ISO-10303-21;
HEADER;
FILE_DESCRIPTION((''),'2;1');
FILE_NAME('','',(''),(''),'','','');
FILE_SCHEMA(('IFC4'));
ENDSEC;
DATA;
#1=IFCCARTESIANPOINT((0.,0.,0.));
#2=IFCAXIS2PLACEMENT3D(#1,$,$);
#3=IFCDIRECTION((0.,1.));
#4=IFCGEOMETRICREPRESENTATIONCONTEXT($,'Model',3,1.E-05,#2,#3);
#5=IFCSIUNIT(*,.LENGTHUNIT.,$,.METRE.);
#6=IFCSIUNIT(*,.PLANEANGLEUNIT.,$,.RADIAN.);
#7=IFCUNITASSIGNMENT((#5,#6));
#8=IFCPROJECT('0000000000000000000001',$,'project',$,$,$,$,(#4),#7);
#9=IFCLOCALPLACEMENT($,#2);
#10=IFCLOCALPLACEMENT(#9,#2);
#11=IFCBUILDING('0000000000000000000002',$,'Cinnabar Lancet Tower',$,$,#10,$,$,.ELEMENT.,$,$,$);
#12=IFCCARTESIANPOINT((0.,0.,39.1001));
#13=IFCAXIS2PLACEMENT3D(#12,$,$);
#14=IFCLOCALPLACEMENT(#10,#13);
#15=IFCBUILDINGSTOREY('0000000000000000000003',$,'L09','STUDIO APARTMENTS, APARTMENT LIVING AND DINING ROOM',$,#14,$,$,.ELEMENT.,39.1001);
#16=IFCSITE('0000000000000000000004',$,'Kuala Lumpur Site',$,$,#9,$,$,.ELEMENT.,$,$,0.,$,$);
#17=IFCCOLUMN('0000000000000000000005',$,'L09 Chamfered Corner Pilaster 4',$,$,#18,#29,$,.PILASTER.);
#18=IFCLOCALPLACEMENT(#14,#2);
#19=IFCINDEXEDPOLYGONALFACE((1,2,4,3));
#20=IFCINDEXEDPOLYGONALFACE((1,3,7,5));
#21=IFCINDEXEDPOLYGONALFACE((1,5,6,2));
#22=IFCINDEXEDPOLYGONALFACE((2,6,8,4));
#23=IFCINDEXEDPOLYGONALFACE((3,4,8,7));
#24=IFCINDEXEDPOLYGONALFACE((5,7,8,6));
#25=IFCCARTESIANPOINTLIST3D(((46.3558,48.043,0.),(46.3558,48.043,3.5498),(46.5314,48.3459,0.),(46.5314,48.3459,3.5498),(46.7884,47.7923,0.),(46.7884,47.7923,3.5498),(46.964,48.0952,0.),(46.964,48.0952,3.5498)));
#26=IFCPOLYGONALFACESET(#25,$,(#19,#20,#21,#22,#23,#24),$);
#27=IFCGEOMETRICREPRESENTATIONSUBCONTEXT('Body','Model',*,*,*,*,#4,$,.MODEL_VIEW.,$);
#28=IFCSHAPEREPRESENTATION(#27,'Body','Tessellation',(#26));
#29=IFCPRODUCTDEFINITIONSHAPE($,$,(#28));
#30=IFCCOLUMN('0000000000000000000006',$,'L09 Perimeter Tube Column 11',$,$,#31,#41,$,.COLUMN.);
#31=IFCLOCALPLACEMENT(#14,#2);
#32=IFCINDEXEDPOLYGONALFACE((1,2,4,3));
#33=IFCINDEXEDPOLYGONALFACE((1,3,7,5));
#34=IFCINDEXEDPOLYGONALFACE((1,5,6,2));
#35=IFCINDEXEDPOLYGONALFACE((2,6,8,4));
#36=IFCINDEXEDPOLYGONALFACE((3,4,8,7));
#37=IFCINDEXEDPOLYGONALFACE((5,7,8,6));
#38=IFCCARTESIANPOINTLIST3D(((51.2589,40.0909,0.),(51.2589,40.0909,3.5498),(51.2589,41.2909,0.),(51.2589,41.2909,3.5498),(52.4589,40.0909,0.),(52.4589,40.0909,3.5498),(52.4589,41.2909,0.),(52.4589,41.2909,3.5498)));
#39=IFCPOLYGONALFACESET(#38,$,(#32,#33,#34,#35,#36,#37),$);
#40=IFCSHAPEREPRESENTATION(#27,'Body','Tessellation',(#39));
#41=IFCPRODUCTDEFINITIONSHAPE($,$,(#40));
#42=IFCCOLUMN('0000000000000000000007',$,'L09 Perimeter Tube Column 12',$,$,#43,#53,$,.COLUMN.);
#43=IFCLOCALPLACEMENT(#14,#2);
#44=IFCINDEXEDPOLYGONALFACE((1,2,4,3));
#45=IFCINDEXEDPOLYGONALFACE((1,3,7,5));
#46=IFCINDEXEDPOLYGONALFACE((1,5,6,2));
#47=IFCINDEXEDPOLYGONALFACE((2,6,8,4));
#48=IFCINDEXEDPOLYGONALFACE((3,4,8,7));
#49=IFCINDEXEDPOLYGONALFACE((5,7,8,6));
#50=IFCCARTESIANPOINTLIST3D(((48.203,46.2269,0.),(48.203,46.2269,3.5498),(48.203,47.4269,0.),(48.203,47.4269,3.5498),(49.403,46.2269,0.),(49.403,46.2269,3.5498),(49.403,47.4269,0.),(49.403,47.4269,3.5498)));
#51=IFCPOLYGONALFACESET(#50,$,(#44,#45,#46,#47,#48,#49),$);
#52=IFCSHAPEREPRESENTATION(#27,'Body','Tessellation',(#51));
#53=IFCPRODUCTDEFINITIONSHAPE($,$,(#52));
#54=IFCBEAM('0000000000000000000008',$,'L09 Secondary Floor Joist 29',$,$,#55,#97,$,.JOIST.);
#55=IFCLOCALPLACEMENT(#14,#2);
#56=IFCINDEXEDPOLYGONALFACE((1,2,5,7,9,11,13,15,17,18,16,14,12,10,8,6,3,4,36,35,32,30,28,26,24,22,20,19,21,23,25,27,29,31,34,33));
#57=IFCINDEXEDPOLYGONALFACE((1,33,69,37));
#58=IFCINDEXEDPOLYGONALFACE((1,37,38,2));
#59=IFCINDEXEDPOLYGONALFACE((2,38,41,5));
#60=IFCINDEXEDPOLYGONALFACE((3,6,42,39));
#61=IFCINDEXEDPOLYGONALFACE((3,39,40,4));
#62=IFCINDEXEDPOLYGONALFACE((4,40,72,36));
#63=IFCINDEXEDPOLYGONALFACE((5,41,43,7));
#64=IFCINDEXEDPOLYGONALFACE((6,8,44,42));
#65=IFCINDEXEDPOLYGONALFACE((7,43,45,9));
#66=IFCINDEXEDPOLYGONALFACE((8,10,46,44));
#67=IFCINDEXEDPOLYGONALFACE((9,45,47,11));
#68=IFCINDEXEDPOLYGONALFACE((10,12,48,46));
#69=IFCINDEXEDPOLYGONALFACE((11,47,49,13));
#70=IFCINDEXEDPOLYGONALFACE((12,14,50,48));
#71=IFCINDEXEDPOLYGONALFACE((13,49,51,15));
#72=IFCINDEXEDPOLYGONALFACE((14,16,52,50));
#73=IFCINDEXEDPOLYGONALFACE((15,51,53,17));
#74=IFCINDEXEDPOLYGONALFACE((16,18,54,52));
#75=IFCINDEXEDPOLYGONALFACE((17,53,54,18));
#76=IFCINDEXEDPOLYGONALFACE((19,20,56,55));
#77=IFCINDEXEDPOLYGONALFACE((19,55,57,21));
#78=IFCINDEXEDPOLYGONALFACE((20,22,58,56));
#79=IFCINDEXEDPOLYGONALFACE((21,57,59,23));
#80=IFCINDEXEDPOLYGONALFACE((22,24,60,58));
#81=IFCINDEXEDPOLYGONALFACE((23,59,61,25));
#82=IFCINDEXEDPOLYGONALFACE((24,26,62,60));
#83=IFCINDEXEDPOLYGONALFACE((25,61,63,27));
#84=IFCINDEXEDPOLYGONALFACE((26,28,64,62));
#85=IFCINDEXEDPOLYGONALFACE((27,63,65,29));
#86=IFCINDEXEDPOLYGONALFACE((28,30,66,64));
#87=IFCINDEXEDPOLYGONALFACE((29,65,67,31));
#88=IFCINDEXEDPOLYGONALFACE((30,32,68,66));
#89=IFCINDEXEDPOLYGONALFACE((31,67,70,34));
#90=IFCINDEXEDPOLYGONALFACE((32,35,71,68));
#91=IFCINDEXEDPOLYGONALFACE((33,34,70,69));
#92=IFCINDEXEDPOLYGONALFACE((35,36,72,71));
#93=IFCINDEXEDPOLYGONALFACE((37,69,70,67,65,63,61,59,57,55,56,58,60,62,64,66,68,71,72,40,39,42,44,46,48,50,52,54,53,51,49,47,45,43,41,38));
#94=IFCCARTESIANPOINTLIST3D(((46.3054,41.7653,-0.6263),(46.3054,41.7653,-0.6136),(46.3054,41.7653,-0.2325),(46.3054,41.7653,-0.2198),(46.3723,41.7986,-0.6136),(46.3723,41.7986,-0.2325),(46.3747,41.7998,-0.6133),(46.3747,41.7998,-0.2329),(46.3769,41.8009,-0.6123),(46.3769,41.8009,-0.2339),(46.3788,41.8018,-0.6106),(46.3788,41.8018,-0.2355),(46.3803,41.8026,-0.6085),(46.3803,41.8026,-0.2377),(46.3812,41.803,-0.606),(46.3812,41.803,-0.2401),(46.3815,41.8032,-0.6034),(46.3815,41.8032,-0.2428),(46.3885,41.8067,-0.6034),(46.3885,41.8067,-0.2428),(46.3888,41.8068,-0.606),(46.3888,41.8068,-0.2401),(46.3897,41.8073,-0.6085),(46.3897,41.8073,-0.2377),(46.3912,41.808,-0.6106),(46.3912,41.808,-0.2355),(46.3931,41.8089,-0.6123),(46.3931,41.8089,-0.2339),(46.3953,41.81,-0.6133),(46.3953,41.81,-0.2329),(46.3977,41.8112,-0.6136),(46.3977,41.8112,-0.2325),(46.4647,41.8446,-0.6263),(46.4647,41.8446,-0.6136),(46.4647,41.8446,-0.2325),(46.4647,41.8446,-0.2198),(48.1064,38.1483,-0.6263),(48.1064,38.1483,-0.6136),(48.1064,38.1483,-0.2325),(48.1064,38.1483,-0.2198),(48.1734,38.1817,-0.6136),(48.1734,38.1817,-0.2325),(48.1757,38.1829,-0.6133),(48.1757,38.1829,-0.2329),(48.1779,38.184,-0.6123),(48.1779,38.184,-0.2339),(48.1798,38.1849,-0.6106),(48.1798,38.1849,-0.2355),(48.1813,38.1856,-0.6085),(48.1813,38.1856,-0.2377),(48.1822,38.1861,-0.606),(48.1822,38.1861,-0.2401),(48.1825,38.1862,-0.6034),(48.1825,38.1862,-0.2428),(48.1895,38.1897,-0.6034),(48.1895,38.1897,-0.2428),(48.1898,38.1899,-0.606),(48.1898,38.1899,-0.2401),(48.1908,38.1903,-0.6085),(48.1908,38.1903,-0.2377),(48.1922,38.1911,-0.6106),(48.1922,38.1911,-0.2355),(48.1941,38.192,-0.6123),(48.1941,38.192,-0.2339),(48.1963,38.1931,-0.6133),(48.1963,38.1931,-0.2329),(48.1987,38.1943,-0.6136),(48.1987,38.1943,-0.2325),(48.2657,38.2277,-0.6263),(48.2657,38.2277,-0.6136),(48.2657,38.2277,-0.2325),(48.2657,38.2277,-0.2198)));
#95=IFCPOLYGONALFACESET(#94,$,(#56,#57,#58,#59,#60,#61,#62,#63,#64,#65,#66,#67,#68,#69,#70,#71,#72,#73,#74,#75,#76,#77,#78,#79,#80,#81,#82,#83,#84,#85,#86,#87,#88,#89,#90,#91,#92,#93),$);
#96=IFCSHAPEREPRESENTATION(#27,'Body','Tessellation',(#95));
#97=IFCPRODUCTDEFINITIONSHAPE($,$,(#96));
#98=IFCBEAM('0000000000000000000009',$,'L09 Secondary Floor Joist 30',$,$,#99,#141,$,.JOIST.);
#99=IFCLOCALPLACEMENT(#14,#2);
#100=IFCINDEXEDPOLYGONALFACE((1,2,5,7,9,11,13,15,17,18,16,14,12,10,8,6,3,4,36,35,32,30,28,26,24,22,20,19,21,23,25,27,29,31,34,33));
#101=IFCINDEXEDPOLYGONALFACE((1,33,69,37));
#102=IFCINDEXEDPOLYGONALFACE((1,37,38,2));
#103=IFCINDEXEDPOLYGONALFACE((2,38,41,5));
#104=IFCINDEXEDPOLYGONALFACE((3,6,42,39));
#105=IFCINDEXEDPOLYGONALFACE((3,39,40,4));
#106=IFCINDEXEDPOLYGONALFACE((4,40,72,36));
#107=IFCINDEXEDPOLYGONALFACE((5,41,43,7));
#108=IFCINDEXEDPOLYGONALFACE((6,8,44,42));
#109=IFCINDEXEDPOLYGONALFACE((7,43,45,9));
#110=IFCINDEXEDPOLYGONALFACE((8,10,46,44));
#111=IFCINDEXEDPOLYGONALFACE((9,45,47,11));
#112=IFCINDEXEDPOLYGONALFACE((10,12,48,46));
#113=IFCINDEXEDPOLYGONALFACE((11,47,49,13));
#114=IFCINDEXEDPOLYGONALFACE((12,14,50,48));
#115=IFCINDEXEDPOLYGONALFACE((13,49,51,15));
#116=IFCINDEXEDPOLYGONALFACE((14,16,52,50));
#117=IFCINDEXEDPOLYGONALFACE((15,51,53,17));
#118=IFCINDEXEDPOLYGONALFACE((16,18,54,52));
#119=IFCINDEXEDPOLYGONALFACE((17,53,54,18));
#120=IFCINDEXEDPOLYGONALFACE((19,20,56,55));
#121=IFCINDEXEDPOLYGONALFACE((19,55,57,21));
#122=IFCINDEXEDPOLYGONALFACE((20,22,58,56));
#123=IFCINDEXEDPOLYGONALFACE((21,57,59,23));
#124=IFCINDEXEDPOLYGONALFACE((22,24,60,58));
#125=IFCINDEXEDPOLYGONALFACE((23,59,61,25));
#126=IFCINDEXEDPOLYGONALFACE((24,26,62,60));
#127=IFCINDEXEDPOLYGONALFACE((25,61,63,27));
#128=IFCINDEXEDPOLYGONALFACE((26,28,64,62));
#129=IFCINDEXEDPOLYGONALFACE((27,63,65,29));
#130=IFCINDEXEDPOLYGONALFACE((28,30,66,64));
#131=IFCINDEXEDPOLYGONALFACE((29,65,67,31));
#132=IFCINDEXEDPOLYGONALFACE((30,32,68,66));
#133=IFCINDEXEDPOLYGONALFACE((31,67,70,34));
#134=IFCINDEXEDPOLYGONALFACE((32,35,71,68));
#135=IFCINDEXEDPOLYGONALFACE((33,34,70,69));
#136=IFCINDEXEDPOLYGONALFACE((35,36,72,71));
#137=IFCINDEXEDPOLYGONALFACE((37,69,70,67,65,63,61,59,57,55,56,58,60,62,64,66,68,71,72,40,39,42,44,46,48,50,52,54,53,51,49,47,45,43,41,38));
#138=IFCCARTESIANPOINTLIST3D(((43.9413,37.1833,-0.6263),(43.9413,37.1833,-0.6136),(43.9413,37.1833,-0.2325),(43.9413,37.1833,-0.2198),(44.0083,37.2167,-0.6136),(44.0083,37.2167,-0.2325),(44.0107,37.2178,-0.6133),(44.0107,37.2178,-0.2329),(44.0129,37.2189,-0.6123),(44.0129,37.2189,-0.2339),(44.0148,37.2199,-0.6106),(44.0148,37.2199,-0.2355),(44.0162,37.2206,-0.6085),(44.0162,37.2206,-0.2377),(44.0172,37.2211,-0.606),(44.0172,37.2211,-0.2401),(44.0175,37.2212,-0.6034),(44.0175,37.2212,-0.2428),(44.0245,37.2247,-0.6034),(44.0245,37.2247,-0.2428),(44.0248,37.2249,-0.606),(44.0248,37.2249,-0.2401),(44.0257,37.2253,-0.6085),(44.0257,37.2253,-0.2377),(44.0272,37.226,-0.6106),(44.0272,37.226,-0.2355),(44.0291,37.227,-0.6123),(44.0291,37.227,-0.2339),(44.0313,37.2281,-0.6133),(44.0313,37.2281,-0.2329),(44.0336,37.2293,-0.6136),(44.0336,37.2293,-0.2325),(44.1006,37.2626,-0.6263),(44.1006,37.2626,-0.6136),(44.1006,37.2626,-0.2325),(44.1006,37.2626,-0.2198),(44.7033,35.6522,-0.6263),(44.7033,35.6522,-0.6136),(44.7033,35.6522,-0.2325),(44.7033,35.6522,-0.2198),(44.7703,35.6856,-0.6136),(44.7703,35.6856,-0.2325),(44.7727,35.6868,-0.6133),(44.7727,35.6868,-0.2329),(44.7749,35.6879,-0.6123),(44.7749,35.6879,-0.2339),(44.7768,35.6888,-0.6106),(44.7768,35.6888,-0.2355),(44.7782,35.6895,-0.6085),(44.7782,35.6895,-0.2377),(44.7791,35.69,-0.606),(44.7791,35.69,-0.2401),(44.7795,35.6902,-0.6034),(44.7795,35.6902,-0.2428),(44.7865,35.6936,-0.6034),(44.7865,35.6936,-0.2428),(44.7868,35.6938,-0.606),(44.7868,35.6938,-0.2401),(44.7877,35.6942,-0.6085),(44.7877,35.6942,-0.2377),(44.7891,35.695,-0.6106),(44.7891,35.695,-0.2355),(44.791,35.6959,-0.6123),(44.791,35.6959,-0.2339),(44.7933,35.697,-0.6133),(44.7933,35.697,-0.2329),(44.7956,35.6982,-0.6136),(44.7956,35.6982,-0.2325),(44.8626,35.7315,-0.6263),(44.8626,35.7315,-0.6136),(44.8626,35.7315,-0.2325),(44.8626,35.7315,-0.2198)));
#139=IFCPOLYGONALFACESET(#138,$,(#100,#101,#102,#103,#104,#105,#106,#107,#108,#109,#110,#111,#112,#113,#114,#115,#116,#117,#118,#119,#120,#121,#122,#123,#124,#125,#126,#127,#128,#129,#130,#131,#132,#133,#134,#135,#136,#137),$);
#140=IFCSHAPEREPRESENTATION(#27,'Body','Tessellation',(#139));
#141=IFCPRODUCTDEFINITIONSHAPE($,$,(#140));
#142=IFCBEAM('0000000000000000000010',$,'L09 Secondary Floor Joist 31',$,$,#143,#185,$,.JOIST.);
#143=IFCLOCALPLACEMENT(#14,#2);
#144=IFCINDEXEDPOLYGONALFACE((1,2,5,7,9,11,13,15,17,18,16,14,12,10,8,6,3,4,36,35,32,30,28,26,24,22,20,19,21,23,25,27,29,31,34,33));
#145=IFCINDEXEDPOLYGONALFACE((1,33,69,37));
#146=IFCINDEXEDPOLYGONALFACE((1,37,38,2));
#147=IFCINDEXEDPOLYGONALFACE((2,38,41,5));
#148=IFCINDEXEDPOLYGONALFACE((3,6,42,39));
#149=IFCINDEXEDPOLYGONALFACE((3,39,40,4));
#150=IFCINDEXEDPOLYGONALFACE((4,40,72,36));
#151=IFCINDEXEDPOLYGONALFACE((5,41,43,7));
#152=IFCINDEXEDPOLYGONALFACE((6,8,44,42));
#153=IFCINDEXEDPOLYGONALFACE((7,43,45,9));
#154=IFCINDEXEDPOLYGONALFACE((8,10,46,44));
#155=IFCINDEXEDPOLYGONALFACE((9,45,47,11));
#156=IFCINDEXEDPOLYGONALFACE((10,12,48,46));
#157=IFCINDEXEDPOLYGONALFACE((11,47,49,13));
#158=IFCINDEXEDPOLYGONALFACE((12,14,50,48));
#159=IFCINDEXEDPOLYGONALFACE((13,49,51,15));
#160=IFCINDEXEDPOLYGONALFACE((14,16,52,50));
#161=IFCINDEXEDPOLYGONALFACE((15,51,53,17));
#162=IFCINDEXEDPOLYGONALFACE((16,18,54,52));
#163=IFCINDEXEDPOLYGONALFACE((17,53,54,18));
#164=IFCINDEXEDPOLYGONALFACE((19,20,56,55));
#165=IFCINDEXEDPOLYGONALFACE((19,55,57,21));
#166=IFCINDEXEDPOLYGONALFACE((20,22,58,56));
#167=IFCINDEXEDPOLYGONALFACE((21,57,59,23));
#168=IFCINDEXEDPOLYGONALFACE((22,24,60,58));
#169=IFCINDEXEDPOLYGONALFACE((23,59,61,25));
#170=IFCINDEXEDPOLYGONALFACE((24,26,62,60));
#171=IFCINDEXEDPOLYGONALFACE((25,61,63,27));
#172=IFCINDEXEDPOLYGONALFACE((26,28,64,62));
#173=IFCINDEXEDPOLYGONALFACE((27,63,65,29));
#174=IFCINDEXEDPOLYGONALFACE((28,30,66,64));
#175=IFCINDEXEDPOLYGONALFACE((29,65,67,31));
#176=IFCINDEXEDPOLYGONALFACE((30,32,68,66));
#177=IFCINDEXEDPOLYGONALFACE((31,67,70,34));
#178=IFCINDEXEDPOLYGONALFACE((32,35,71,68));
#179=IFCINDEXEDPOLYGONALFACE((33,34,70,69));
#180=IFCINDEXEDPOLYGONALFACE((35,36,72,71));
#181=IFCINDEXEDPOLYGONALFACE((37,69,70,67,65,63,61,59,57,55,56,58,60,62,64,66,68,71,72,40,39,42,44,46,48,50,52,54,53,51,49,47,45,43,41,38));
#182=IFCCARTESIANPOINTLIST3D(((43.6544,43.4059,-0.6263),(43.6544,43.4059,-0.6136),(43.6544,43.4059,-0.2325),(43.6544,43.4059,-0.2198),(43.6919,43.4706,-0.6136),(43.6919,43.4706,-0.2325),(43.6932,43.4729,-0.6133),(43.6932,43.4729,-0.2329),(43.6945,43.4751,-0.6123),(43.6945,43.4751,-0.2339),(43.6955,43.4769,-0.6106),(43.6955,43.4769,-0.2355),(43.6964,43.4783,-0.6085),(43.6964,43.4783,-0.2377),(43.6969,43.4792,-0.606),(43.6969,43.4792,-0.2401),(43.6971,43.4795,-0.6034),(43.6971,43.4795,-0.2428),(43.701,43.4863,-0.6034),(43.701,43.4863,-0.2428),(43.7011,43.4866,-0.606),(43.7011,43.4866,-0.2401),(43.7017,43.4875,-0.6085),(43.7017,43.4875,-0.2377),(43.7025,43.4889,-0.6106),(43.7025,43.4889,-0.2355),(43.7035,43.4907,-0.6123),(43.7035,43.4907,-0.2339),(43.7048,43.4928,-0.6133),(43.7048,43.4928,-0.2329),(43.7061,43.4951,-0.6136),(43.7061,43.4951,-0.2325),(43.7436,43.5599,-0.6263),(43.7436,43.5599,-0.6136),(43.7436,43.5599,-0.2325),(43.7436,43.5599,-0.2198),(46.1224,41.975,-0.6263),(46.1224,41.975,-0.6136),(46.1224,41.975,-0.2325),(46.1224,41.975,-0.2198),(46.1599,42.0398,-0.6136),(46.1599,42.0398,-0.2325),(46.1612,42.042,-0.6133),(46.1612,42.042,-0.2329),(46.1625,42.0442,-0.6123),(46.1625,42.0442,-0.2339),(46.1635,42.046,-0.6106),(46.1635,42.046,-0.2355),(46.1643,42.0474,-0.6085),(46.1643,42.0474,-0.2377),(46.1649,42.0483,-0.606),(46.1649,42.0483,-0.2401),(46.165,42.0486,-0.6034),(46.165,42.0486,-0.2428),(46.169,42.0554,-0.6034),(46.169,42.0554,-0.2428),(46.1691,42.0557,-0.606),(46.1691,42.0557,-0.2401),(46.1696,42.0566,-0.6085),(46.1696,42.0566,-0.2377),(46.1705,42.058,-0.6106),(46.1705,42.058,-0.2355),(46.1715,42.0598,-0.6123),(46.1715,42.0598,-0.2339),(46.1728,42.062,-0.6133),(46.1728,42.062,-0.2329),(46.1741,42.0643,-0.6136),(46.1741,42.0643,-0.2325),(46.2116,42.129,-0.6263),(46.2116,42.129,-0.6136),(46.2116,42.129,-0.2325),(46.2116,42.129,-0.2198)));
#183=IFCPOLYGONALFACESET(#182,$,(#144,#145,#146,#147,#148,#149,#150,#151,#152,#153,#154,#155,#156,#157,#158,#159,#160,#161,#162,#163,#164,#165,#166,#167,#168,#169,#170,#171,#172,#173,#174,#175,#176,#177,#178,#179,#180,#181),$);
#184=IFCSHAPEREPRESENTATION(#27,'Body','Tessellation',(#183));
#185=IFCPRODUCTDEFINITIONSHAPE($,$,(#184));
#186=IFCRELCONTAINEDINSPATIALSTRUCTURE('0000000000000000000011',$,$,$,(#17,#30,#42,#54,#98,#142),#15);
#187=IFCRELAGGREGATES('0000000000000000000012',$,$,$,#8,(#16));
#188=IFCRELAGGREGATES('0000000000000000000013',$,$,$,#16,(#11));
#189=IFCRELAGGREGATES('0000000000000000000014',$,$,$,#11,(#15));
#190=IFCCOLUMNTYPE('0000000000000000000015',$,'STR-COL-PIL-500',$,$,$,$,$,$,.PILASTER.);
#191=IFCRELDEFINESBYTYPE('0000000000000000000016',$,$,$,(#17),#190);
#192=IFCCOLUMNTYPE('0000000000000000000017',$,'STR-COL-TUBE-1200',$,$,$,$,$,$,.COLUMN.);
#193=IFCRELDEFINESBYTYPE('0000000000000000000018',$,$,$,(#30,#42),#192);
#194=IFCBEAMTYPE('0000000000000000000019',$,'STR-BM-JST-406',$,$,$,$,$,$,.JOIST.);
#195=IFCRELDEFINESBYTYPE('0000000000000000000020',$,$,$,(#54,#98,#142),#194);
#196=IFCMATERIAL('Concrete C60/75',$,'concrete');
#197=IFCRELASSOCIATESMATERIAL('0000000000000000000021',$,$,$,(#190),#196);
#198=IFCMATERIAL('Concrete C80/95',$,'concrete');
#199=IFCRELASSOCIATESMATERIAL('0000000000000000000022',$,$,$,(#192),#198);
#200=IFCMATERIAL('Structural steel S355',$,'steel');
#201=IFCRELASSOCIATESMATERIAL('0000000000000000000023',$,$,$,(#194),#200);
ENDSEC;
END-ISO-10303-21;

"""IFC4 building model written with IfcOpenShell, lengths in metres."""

from ifc_helpers import new_model, si_unit, direction, frame, origin, origin_2d, place, context, subcontext, project, spatial, rectangle, i_section, extrude, material, material_profile, profile_set, type_object, element, save


model = new_model("IFC4")

# Units and contexts
model_context = context("Model", 3, precision=1e-05, world=origin(), true_north=direction((0.0, 1.0)))
body_context = subcontext(model_context, "Body", "Model", "MODEL_VIEW")
ifc_project = project(units=[si_unit("LENGTHUNIT", "METRE"), si_unit("PLANEANGLEUNIT", "RADIAN")], contexts=[model_context])

# Site, building, storey
site_placement = place(None, origin())
site = spatial("IfcSite", under=ifc_project, at=site_placement, Name="Kuala Lumpur Site", CompositionType="ELEMENT", RefElevation=0.0)
building_placement = place(site_placement, origin())
building = spatial("IfcBuilding", under=site, at=building_placement, Name="Cinnabar Lancet Tower", CompositionType="ELEMENT")
storey_placement = place(building_placement, frame((0.0, 0.0, 39.1001)))
storey = spatial("IfcBuildingStorey", under=building, at=storey_placement, Name="L09", Description="STUDIO APARTMENTS, APARTMENT LIVING AND DINING ROOM", CompositionType="ELEMENT", Elevation=39.1001)

# Columns
ifc_material_1 = material(Name="Concrete C60/75", Category="concrete")
ifc_material_profile_1 = material_profile(ifc_material_1, rectangle(XDim=0.5, YDim=0.3501, at=origin_2d()), Name="RC-PIL 500x350")
ifc_profile_set_1 = profile_set([ifc_material_profile_1], Name="Concrete C60/75")
column_type_1 = type_object("IfcColumnType", Name="STR-COL-PIL-500", PredefinedType="PILASTER", material=ifc_profile_set_1)
column_placement = place(storey_placement, frame((46.6599, 48.0691, 0.0), z_axis=(0.0, 0.0, 1.0), x_axis=(-0.865195, 0.501435, 0.0)))
element("IfcColumn", 1, at=column_placement, inside=storey, type_object=column_type_1, Name="L09 Chamfered Corner Pilaster 4", PredefinedType="PILASTER", context=body_context, shape_type="SweptSolid", body=[
    extrude(rectangle(XDim=0.5, YDim=0.3501, at=origin_2d()), origin(), (0.0, 0.0, 1.0), 3.5498),
])
ifc_material_2 = material(Name="Concrete C80/95", Category="concrete")
ifc_material_profile_2 = material_profile(ifc_material_2, rectangle(XDim=1.2, YDim=1.2, at=origin_2d()), Name="RC-COL 1200x1200")
ifc_profile_set_2 = profile_set([ifc_material_profile_2], Name="Concrete C80/95")
column_type_2 = type_object("IfcColumnType", Name="STR-COL-TUBE-1200", PredefinedType="COLUMN", material=ifc_profile_set_2)
for number, where, z_axis, x_axis, name in (
    (2, (51.8589, 40.6909, 0.0), (0.0, 0.0, 1.0), (1.0, 0.0, 0.0), "L09 Perimeter Tube Column 11"),
    (3, (48.803, 46.8269, 0.0), (0.0, 0.0, 1.0), (1.0, 0.0, 0.0), "L09 Perimeter Tube Column 12"),
):
    element("IfcColumn", number, at=place(storey_placement, frame(where, z_axis=z_axis, x_axis=x_axis)), inside=storey, type_object=column_type_2, Name=name, PredefinedType="COLUMN", context=body_context, shape_type="SweptSolid", body=[
        extrude(rectangle(XDim=1.2, YDim=1.2, at=origin_2d()), origin(), (0.0, 0.0, 1.0), 3.5498),
    ])

# Beams
ifc_material_3 = material(Name="Structural steel S355", Category="steel")
ifc_material_profile_3 = material_profile(ifc_material_3, i_section(OverallWidth=0.178, OverallDepth=0.4065, WebThickness=0.0078, FlangeThickness=0.0127, FilletRadius=0.0103, at=origin_2d()), Name="UKB 406x178x60")
ifc_profile_set_3 = profile_set([ifc_material_profile_3], Name="Structural steel S355")
beam_type_1 = type_object("IfcBeamType", Name="STR-BM-JST-406", PredefinedType="JOIST", material=ifc_profile_set_3)
beam_1_placement = place(storey_placement, frame((48.186, 38.188, -0.4231), z_axis=(-0.445739, 0.895163, 0.0), x_axis=(-0.895163, -0.445739, 0.0)))
element("IfcBeam", 4, at=beam_1_placement, inside=storey, type_object=beam_type_1, Name="L09 Secondary Floor Joist 29", PredefinedType="JOIST", context=body_context, shape_type="SweptSolid", body=[
    extrude(i_section(OverallWidth=0.178, OverallDepth=0.4065, WebThickness=0.0078, FlangeThickness=0.0127, FilletRadius=0.0103, at=origin_2d()), origin(), (0.0, 0.0, 1.0), 4.0405),
])
beam_2_placement = place(storey_placement, frame((44.783, 35.6919, -0.4231), z_axis=(-0.445557, 0.895254, 0.0), x_axis=(-0.895254, -0.445557, 0.0)))
element("IfcBeam", 5, at=beam_2_placement, inside=storey, type_object=beam_type_1, Name="L09 Secondary Floor Joist 30", PredefinedType="JOIST", context=body_context, shape_type="SweptSolid", body=[
    extrude(i_section(OverallWidth=0.178, OverallDepth=0.4065, WebThickness=0.0078, FlangeThickness=0.0127, FilletRadius=0.0103, at=origin_2d()), origin(), (0.0, 0.0, 1.0), 1.7102),
])
beam_3_placement = place(storey_placement, frame((46.167, 42.052, -0.4231), z_axis=(-0.865114, 0.501576, 0.0), x_axis=(-0.501576, -0.865114, 0.0)))
element("IfcBeam", 6, at=beam_3_placement, inside=storey, type_object=beam_type_1, Name="L09 Secondary Floor Joist 31", PredefinedType="JOIST", context=body_context, shape_type="SweptSolid", body=[
    extrude(i_section(OverallWidth=0.178, OverallDepth=0.4065, WebThickness=0.0078, FlangeThickness=0.0127, FilletRadius=0.0103, at=origin_2d()), origin(), (0.0, 0.0, 1.0), 2.8528),
])

save(model, "model.ifc")
